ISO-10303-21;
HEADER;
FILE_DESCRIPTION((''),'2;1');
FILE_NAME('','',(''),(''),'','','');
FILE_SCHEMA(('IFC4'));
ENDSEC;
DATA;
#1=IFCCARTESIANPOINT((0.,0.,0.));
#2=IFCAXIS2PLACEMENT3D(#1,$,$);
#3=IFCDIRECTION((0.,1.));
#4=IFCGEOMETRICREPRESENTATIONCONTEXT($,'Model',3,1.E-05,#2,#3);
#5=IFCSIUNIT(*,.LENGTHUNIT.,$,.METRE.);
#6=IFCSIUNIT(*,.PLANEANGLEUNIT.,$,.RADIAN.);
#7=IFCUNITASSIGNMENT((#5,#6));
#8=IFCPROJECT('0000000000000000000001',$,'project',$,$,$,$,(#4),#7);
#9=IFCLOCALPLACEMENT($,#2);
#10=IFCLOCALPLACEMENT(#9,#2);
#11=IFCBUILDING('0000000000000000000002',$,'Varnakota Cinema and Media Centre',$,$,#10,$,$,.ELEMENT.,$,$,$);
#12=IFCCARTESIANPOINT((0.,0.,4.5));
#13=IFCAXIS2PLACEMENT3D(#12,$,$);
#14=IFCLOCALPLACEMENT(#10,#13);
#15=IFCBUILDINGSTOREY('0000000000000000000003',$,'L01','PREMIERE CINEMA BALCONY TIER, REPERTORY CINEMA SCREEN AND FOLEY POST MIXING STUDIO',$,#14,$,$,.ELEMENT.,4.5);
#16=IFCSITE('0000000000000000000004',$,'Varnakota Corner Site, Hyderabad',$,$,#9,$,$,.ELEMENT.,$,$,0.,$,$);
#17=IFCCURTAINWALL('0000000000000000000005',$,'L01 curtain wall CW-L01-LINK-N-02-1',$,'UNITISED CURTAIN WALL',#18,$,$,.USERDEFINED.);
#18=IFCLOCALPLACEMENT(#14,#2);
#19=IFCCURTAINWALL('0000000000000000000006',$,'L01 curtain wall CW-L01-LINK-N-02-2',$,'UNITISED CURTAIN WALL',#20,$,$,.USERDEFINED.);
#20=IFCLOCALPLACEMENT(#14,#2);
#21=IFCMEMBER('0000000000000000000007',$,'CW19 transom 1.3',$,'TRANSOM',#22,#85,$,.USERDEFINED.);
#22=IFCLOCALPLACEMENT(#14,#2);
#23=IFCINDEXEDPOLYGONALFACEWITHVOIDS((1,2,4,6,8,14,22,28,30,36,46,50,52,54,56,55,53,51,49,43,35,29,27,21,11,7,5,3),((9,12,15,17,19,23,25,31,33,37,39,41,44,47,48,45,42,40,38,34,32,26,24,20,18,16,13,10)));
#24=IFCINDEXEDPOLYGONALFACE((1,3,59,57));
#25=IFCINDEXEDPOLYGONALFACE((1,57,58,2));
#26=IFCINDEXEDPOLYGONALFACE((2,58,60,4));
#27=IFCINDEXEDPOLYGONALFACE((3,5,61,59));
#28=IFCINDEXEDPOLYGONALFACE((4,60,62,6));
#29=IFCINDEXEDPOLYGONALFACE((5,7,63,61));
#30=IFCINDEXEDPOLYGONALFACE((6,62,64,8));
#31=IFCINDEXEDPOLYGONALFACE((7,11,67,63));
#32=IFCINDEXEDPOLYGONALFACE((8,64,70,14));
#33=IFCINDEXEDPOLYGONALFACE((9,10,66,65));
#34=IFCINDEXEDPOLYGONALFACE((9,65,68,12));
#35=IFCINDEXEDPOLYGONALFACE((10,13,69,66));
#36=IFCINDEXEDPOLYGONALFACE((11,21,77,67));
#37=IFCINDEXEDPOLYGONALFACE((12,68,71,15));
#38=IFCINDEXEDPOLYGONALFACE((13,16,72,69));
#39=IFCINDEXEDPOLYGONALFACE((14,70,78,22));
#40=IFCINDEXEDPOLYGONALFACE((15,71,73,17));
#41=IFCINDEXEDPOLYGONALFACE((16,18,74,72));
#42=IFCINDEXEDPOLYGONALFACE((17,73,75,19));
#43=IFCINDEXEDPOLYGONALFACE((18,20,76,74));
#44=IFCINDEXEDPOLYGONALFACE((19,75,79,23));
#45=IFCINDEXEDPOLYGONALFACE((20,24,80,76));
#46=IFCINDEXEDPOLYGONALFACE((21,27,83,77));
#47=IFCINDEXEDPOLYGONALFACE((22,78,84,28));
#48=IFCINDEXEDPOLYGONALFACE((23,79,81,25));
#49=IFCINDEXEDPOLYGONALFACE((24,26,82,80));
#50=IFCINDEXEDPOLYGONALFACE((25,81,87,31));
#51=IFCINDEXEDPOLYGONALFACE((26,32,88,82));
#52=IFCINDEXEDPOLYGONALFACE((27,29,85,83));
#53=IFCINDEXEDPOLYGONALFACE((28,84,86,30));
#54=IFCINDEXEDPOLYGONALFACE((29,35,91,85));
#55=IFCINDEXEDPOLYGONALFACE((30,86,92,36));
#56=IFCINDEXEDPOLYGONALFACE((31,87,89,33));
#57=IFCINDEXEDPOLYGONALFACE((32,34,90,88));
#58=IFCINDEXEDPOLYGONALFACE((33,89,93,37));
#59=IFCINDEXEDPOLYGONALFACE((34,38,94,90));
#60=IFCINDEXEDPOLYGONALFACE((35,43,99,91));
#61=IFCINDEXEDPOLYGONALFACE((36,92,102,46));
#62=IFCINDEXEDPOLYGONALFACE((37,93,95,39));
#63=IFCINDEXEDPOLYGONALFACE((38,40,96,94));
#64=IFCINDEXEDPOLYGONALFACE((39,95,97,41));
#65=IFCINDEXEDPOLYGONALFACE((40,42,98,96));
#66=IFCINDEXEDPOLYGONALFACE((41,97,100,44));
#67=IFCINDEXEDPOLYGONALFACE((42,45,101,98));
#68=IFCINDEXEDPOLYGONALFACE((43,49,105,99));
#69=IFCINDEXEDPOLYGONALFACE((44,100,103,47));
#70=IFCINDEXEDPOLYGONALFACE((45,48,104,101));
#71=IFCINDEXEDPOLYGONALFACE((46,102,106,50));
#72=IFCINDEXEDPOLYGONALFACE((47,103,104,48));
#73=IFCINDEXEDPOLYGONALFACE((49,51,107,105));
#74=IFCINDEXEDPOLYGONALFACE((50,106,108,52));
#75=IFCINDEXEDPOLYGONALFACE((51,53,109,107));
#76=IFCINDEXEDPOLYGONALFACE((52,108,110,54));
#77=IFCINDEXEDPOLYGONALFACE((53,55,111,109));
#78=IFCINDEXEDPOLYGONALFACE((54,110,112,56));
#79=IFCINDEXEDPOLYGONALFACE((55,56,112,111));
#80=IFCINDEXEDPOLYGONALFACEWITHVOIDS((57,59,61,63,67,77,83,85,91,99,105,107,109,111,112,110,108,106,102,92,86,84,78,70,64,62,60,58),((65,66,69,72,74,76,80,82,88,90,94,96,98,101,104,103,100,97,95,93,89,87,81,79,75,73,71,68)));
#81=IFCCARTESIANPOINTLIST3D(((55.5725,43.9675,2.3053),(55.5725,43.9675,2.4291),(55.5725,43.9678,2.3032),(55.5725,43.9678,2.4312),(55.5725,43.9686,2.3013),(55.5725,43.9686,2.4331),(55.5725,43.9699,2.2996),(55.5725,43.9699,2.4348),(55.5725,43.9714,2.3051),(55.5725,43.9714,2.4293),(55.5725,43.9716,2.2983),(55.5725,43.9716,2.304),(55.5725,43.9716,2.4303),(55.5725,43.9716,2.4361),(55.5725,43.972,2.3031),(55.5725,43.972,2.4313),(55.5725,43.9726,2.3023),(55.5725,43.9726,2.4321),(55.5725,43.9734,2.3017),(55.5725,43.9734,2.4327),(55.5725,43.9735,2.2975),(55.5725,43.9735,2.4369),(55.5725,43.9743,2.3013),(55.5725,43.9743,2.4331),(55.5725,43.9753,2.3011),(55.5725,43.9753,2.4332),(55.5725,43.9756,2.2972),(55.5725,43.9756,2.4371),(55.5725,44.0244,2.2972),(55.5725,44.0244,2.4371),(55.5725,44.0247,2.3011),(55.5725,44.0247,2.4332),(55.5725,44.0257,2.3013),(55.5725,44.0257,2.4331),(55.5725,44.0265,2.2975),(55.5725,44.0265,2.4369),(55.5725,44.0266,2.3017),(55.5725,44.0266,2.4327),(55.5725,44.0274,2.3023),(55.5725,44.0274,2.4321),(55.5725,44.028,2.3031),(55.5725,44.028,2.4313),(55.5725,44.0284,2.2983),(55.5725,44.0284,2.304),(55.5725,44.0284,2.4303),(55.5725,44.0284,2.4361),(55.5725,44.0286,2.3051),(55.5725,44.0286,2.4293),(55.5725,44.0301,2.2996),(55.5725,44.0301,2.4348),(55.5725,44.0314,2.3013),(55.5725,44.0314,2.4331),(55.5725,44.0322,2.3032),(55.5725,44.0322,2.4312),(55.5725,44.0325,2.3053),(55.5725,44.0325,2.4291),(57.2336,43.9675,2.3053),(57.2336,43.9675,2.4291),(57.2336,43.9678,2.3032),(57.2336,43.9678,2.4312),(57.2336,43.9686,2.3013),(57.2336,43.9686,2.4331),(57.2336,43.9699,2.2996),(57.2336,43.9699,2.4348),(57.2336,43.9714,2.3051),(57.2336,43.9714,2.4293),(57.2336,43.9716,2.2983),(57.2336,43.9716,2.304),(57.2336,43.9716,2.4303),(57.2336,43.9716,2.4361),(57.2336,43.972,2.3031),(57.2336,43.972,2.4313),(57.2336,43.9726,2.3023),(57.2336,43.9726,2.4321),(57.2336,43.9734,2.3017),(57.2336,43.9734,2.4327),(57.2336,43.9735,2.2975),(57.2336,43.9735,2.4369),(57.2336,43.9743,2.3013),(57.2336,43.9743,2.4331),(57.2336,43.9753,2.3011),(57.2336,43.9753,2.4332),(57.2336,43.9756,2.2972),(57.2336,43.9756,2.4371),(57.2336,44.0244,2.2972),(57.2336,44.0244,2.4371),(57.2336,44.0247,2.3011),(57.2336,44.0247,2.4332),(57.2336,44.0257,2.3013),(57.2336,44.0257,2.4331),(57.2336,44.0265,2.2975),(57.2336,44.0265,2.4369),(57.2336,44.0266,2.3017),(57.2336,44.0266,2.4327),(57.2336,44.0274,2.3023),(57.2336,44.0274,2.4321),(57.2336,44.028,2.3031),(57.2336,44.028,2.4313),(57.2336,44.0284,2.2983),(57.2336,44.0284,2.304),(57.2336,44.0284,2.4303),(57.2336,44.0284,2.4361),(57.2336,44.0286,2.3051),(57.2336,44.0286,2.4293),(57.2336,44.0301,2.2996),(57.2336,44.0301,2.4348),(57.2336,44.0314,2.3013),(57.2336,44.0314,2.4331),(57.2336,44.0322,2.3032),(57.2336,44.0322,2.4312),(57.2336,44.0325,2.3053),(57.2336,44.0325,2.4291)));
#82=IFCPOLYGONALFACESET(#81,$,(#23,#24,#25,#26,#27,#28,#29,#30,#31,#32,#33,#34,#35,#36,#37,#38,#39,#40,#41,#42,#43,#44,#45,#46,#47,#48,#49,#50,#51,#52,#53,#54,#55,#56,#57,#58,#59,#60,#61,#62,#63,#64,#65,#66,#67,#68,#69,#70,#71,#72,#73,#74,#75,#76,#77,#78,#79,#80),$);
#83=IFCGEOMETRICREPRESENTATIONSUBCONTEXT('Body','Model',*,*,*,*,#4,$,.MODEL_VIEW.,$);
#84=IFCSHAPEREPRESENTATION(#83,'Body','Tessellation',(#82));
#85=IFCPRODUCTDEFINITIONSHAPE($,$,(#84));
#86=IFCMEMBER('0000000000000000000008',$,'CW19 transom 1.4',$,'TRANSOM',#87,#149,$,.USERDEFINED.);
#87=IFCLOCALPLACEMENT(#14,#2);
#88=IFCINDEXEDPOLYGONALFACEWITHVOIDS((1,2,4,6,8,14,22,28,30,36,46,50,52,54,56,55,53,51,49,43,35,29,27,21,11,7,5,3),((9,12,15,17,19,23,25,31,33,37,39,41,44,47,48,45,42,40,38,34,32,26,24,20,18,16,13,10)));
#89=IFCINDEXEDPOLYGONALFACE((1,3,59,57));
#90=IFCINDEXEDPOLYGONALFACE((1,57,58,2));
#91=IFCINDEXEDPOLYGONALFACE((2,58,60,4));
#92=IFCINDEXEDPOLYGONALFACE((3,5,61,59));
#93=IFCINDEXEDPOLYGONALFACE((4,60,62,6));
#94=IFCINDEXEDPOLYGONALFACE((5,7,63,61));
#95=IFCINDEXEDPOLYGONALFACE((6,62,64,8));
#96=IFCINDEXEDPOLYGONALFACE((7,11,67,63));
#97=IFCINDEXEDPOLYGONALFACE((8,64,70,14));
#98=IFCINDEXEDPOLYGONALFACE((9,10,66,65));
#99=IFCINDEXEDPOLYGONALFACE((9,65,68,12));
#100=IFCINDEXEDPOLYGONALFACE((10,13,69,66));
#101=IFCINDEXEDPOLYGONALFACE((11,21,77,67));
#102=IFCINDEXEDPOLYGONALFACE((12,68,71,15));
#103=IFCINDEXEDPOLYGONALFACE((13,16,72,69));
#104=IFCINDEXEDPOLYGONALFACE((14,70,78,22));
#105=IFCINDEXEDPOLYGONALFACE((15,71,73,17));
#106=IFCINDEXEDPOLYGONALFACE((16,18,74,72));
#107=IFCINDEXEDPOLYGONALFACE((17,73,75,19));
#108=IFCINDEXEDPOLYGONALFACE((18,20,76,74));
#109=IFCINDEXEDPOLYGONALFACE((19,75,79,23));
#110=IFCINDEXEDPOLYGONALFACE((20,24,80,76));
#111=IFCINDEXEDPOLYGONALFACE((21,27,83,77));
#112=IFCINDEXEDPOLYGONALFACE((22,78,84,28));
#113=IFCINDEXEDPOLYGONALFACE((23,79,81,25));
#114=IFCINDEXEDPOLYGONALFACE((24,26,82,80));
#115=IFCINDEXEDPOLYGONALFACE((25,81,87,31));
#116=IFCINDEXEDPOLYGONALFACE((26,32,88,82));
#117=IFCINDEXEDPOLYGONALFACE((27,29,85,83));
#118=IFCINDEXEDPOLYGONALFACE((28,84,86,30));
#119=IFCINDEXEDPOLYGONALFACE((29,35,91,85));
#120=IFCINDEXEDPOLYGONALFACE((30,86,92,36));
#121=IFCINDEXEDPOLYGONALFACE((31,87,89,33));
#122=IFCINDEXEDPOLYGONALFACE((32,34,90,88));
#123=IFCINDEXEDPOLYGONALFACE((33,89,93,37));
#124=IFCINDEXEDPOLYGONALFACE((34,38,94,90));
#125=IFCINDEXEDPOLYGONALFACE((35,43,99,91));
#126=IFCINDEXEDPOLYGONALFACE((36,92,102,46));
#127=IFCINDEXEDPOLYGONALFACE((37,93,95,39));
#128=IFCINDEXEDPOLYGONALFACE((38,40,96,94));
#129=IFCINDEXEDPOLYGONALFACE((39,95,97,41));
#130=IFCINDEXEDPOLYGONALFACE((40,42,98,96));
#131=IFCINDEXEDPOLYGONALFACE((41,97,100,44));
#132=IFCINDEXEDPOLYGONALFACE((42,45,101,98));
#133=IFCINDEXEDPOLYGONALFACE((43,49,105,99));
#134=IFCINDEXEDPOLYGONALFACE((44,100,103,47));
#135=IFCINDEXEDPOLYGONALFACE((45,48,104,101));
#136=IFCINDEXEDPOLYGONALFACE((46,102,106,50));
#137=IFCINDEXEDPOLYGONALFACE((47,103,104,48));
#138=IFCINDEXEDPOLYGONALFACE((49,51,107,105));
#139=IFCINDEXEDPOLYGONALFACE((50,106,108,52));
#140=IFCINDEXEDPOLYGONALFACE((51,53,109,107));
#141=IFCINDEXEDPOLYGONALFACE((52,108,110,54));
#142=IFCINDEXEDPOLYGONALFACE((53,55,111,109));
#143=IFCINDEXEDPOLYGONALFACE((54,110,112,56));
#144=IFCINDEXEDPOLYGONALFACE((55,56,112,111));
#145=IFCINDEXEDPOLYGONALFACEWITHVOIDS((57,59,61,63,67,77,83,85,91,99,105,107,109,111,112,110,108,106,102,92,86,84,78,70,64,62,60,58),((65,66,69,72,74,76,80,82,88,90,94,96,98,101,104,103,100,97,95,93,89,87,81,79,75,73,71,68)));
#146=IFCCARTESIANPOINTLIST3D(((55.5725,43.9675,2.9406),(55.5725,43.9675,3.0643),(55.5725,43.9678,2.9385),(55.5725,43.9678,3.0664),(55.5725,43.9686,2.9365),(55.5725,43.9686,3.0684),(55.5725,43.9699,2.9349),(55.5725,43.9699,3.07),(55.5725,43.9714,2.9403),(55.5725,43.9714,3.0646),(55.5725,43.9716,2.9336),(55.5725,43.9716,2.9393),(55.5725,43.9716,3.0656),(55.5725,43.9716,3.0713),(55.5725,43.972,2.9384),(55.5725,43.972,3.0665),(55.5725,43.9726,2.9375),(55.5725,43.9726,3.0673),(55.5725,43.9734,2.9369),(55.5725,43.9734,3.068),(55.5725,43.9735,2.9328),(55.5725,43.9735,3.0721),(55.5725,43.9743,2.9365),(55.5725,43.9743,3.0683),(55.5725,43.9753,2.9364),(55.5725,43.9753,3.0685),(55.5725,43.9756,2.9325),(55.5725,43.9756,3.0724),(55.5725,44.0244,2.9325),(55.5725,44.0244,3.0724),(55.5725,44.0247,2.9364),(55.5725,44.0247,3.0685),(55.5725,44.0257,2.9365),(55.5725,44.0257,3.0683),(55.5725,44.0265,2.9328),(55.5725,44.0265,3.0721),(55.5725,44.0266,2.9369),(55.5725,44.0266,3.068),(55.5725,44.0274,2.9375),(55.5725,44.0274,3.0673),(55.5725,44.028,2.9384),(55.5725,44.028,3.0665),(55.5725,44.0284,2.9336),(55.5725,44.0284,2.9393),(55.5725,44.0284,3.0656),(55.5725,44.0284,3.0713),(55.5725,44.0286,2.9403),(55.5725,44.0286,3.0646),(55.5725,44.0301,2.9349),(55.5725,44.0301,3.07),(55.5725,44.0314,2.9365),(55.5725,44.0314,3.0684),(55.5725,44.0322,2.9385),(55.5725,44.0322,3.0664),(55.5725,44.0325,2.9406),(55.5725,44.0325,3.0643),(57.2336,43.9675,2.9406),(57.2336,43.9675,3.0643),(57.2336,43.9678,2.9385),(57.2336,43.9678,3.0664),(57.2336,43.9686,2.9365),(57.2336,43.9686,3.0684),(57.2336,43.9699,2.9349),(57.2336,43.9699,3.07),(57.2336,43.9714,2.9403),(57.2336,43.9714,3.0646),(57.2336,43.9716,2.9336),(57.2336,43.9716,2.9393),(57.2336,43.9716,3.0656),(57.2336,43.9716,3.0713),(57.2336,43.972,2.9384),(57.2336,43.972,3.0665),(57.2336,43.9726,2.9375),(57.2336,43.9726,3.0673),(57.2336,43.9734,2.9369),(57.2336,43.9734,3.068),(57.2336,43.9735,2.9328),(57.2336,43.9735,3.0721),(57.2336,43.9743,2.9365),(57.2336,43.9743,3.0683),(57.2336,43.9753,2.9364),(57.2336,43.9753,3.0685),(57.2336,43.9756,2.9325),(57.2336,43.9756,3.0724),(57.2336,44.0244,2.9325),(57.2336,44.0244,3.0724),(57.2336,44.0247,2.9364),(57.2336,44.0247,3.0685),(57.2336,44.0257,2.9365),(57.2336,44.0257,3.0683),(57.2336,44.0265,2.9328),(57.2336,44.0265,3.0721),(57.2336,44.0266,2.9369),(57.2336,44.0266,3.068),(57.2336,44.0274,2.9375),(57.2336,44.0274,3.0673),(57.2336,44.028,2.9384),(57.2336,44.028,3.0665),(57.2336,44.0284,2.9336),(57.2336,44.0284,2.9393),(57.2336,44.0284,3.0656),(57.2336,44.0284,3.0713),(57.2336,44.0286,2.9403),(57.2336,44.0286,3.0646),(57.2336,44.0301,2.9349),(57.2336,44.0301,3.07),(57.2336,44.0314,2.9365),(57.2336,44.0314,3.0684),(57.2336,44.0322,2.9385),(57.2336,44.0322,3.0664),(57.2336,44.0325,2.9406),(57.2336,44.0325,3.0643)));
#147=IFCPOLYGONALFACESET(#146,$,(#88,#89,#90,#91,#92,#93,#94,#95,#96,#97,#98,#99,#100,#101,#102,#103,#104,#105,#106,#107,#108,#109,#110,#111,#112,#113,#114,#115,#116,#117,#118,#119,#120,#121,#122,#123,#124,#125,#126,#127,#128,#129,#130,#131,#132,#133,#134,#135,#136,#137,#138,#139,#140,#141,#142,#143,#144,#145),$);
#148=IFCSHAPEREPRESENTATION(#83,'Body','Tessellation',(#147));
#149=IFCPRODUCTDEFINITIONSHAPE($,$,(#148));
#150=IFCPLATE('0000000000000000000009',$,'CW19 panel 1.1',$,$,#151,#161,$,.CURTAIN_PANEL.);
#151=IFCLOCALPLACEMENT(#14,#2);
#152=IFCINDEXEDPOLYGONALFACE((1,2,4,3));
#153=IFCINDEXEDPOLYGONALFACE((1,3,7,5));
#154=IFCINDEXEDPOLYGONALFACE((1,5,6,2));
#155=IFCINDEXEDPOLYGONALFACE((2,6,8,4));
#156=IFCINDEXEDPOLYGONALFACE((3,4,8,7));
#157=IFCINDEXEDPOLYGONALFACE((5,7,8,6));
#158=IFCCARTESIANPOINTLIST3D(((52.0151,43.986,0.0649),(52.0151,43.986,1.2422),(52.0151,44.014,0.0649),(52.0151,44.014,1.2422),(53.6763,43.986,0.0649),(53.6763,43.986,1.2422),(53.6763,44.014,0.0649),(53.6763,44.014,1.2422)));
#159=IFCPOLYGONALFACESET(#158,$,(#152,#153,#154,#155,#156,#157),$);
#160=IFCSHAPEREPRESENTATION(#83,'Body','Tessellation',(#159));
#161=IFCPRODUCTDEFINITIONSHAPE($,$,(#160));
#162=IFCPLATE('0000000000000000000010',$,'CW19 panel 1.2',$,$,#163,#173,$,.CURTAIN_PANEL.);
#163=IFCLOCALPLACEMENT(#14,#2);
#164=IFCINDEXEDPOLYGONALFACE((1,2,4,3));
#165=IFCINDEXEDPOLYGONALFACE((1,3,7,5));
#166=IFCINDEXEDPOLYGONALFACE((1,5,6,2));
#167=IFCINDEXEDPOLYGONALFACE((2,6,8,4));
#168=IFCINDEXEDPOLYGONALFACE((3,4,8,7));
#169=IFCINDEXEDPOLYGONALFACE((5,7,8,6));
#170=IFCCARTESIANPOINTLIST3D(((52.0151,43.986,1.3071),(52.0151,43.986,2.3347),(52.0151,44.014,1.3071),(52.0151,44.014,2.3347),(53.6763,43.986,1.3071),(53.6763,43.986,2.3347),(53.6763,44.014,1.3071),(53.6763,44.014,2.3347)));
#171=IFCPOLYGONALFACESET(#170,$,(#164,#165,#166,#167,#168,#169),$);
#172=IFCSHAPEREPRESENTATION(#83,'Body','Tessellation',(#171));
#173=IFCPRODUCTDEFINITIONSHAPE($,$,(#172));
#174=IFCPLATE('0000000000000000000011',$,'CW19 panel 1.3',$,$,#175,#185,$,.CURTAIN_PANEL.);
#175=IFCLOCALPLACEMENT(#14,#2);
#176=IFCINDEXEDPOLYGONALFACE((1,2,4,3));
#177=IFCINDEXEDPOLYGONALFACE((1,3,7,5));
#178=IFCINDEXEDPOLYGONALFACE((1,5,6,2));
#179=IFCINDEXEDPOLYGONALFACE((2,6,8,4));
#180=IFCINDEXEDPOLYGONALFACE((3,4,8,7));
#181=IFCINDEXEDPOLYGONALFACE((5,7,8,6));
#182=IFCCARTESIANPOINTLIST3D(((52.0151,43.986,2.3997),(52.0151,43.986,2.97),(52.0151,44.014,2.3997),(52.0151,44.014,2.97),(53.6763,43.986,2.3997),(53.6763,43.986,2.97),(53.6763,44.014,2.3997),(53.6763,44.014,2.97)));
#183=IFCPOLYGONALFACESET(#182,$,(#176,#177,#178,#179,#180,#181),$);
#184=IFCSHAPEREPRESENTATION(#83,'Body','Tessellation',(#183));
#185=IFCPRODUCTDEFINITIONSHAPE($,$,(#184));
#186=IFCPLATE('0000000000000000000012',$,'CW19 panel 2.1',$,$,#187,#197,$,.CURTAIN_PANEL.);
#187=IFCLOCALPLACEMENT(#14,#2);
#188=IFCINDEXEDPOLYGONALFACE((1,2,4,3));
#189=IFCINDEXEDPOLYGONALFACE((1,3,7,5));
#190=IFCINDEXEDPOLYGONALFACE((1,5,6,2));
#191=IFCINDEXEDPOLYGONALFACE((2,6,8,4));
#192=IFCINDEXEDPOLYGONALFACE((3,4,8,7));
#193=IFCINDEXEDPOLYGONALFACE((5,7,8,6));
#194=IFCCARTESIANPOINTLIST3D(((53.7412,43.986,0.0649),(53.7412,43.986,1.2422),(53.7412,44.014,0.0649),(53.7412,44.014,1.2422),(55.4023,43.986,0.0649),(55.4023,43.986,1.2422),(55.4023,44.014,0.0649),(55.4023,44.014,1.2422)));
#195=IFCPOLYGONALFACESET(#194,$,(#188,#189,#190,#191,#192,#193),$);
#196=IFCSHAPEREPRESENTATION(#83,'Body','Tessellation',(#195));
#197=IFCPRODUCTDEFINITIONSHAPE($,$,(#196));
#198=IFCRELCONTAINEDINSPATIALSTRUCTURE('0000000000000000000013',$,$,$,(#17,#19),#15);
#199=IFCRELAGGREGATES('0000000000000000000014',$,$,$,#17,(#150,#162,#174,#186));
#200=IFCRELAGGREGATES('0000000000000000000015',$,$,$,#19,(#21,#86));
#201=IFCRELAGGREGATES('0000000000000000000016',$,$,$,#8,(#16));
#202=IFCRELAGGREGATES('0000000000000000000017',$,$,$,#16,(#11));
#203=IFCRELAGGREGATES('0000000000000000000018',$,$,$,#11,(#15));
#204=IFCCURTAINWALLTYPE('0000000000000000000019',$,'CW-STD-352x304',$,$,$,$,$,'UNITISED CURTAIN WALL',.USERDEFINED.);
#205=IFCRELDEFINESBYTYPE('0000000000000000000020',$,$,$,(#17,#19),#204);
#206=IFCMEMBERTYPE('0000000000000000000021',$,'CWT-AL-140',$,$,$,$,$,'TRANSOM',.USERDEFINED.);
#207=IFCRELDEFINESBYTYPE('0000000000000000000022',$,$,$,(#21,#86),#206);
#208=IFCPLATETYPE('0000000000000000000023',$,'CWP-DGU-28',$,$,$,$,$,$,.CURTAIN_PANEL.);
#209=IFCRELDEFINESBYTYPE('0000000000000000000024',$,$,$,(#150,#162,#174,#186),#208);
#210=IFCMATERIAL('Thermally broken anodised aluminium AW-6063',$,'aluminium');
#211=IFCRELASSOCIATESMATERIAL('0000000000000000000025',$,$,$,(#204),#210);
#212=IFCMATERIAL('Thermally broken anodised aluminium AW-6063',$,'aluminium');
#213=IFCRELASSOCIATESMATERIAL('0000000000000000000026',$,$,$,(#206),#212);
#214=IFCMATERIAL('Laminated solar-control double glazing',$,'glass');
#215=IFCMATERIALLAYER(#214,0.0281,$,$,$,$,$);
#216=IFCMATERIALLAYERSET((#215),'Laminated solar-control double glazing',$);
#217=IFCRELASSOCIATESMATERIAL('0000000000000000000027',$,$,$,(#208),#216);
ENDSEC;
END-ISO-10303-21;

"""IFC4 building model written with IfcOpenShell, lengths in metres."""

from ifc_helpers import new_model, si_unit, direction, frame, origin, origin_2d, place, context, subcontext, project, spatial, rectangle, hollow_rectangle, extrude, material, layer, layer_set, material_profile, profile_set, type_object, element, aggregate, save


model = new_model("IFC4")

# Units and contexts
model_context = context("Model", 3, precision=1e-05, world=origin(), true_north=direction((0.0, 1.0)))
body_context = subcontext(model_context, "Body", "Model", "MODEL_VIEW")
ifc_project = project(units=[si_unit("LENGTHUNIT", "METRE"), si_unit("PLANEANGLEUNIT", "RADIAN")], contexts=[model_context])

# Site, building, storey
site_placement = place(None, origin())
site = spatial("IfcSite", under=ifc_project, at=site_placement, Name="Varnakota Corner Site, Hyderabad", CompositionType="ELEMENT", RefElevation=0.0)
building_placement = place(site_placement, origin())
building = spatial("IfcBuilding", under=site, at=building_placement, Name="Varnakota Cinema and Media Centre", CompositionType="ELEMENT")
storey_placement = place(building_placement, frame((0.0, 0.0, 4.5)))
storey = spatial("IfcBuildingStorey", under=building, at=storey_placement, Name="L01", Description="PREMIERE CINEMA BALCONY TIER, REPERTORY CINEMA SCREEN AND FOLEY POST MIXING STUDIO", CompositionType="ELEMENT", Elevation=4.5)

# Curtain walls
ifc_material_1 = material(Name="Thermally broken anodised aluminium AW-6063", Category="aluminium")
curtain_wall_type = type_object("IfcCurtainWallType", Name="CW-STD-352x304", ElementType="UNITISED CURTAIN WALL", PredefinedType="USERDEFINED", material=ifc_material_1)
curtain_wall_1_placement = place(storey_placement, origin())
curtain_wall_1 = element("IfcCurtainWall", 1, at=curtain_wall_1_placement, inside=storey, type_object=curtain_wall_type, Name="L01 curtain wall CW-L01-LINK-N-02-1", ObjectType="UNITISED CURTAIN WALL", PredefinedType="USERDEFINED")
curtain_wall_2_placement = place(storey_placement, origin())
curtain_wall_2 = element("IfcCurtainWall", 2, at=curtain_wall_2_placement, inside=storey, type_object=curtain_wall_type, Name="L01 curtain wall CW-L01-LINK-N-02-2", ObjectType="UNITISED CURTAIN WALL", PredefinedType="USERDEFINED")

# Members
ifc_material_2 = material(Name="Thermally broken anodised aluminium AW-6063", Category="aluminium")
ifc_material_profile_1 = material_profile(ifc_material_2, hollow_rectangle(XDim=0.0649, YDim=0.1399, WallThickness=0.0039, InnerFilletRadius=0.0039, OuterFilletRadius=0.0081, at=origin_2d()), Name="AL-TRANSOM 140x65x4")
ifc_profile_set_1 = profile_set([ifc_material_profile_1], Name="Thermally broken anodised aluminium AW-6063")
member_type_1 = type_object("IfcMemberType", Name="CWT-AL-140", ElementType="TRANSOM", PredefinedType="USERDEFINED", material=ifc_profile_set_1)
member_1_placement = place(storey_placement, frame((55.5725, 44.0, 2.3672), z_axis=(1.0, 0.0, 0.0), x_axis=(0.0, 1.0, 0.0)))
member_1 = element("IfcMember", 3, at=member_1_placement, type_object=member_type_1, Name="CW19 transom 1.3", ObjectType="TRANSOM", PredefinedType="USERDEFINED", context=body_context, shape_type="SweptSolid", body=[
    extrude(hollow_rectangle(XDim=0.0649, YDim=0.1399, WallThickness=0.0039, InnerFilletRadius=0.0039, OuterFilletRadius=0.0081, at=origin_2d()), origin(), (0.0, 0.0, 1.0), 1.6611),
])
member_2_placement = place(storey_placement, frame((55.5725, 44.0, 3.0024), z_axis=(1.0, 0.0, 0.0), x_axis=(0.0, 1.0, 0.0)))
member_2 = element("IfcMember", 4, at=member_2_placement, type_object=member_type_1, Name="CW19 transom 1.4", ObjectType="TRANSOM", PredefinedType="USERDEFINED", context=body_context, shape_type="SweptSolid", body=[
    extrude(hollow_rectangle(XDim=0.0649, YDim=0.1399, WallThickness=0.0039, InnerFilletRadius=0.0039, OuterFilletRadius=0.0081, at=origin_2d()), origin(), (0.0, 0.0, 1.0), 1.6611),
])

# Plates
ifc_material_3 = material(Name="Laminated solar-control double glazing", Category="glass")
ifc_layer = layer(ifc_material_3, 0.0281)
ifc_layer_set = layer_set([ifc_layer], Name="Laminated solar-control double glazing")
plate_type = type_object("IfcPlateType", Name="CWP-DGU-28", PredefinedType="CURTAIN_PANEL", material=ifc_layer_set)
plate_1_placement = place(storey_placement, frame((52.8457, 44.0, 0.0649), z_axis=(0.0, 0.0, 1.0), x_axis=(1.0, 0.0, 0.0)))
plate_1 = element("IfcPlate", 5, at=plate_1_placement, type_object=plate_type, Name="CW19 panel 1.1", PredefinedType="CURTAIN_PANEL", context=body_context, shape_type="SweptSolid", body=[
    extrude(rectangle(XDim=1.6611, YDim=0.0281, at=origin_2d()), origin(), (0.0, 0.0, 1.0), 1.1772),
])
plate_2_placement = place(storey_placement, frame((52.8457, 44.0, 1.3071), z_axis=(0.0, 0.0, 1.0), x_axis=(1.0, 0.0, 0.0)))
plate_2 = element("IfcPlate", 6, at=plate_2_placement, type_object=plate_type, Name="CW19 panel 1.2", PredefinedType="CURTAIN_PANEL", context=body_context, shape_type="SweptSolid", body=[
    extrude(rectangle(XDim=1.6611, YDim=0.0281, at=origin_2d()), origin(), (0.0, 0.0, 1.0), 1.0276),
])
plate_3_placement = place(storey_placement, frame((52.8457, 44.0, 2.3997), z_axis=(0.0, 0.0, 1.0), x_axis=(1.0, 0.0, 0.0)))
plate_3 = element("IfcPlate", 7, at=plate_3_placement, type_object=plate_type, Name="CW19 panel 1.3", PredefinedType="CURTAIN_PANEL", context=body_context, shape_type="SweptSolid", body=[
    extrude(rectangle(XDim=1.6611, YDim=0.0281, at=origin_2d()), origin(), (0.0, 0.0, 1.0), 0.5703),
])
plate_4_placement = place(storey_placement, frame((54.5718, 44.0, 0.0649), z_axis=(0.0, 0.0, 1.0), x_axis=(1.0, 0.0, 0.0)))
plate_4 = element("IfcPlate", 8, at=plate_4_placement, type_object=plate_type, Name="CW19 panel 2.1", PredefinedType="CURTAIN_PANEL", context=body_context, shape_type="SweptSolid", body=[
    extrude(rectangle(XDim=1.6611, YDim=0.0281, at=origin_2d()), origin(), (0.0, 0.0, 1.0), 1.1772),
])
aggregate(curtain_wall_1, [plate_1, plate_2, plate_3, plate_4])
aggregate(curtain_wall_2, [member_1, member_2])

save(model, "model.ifc")
